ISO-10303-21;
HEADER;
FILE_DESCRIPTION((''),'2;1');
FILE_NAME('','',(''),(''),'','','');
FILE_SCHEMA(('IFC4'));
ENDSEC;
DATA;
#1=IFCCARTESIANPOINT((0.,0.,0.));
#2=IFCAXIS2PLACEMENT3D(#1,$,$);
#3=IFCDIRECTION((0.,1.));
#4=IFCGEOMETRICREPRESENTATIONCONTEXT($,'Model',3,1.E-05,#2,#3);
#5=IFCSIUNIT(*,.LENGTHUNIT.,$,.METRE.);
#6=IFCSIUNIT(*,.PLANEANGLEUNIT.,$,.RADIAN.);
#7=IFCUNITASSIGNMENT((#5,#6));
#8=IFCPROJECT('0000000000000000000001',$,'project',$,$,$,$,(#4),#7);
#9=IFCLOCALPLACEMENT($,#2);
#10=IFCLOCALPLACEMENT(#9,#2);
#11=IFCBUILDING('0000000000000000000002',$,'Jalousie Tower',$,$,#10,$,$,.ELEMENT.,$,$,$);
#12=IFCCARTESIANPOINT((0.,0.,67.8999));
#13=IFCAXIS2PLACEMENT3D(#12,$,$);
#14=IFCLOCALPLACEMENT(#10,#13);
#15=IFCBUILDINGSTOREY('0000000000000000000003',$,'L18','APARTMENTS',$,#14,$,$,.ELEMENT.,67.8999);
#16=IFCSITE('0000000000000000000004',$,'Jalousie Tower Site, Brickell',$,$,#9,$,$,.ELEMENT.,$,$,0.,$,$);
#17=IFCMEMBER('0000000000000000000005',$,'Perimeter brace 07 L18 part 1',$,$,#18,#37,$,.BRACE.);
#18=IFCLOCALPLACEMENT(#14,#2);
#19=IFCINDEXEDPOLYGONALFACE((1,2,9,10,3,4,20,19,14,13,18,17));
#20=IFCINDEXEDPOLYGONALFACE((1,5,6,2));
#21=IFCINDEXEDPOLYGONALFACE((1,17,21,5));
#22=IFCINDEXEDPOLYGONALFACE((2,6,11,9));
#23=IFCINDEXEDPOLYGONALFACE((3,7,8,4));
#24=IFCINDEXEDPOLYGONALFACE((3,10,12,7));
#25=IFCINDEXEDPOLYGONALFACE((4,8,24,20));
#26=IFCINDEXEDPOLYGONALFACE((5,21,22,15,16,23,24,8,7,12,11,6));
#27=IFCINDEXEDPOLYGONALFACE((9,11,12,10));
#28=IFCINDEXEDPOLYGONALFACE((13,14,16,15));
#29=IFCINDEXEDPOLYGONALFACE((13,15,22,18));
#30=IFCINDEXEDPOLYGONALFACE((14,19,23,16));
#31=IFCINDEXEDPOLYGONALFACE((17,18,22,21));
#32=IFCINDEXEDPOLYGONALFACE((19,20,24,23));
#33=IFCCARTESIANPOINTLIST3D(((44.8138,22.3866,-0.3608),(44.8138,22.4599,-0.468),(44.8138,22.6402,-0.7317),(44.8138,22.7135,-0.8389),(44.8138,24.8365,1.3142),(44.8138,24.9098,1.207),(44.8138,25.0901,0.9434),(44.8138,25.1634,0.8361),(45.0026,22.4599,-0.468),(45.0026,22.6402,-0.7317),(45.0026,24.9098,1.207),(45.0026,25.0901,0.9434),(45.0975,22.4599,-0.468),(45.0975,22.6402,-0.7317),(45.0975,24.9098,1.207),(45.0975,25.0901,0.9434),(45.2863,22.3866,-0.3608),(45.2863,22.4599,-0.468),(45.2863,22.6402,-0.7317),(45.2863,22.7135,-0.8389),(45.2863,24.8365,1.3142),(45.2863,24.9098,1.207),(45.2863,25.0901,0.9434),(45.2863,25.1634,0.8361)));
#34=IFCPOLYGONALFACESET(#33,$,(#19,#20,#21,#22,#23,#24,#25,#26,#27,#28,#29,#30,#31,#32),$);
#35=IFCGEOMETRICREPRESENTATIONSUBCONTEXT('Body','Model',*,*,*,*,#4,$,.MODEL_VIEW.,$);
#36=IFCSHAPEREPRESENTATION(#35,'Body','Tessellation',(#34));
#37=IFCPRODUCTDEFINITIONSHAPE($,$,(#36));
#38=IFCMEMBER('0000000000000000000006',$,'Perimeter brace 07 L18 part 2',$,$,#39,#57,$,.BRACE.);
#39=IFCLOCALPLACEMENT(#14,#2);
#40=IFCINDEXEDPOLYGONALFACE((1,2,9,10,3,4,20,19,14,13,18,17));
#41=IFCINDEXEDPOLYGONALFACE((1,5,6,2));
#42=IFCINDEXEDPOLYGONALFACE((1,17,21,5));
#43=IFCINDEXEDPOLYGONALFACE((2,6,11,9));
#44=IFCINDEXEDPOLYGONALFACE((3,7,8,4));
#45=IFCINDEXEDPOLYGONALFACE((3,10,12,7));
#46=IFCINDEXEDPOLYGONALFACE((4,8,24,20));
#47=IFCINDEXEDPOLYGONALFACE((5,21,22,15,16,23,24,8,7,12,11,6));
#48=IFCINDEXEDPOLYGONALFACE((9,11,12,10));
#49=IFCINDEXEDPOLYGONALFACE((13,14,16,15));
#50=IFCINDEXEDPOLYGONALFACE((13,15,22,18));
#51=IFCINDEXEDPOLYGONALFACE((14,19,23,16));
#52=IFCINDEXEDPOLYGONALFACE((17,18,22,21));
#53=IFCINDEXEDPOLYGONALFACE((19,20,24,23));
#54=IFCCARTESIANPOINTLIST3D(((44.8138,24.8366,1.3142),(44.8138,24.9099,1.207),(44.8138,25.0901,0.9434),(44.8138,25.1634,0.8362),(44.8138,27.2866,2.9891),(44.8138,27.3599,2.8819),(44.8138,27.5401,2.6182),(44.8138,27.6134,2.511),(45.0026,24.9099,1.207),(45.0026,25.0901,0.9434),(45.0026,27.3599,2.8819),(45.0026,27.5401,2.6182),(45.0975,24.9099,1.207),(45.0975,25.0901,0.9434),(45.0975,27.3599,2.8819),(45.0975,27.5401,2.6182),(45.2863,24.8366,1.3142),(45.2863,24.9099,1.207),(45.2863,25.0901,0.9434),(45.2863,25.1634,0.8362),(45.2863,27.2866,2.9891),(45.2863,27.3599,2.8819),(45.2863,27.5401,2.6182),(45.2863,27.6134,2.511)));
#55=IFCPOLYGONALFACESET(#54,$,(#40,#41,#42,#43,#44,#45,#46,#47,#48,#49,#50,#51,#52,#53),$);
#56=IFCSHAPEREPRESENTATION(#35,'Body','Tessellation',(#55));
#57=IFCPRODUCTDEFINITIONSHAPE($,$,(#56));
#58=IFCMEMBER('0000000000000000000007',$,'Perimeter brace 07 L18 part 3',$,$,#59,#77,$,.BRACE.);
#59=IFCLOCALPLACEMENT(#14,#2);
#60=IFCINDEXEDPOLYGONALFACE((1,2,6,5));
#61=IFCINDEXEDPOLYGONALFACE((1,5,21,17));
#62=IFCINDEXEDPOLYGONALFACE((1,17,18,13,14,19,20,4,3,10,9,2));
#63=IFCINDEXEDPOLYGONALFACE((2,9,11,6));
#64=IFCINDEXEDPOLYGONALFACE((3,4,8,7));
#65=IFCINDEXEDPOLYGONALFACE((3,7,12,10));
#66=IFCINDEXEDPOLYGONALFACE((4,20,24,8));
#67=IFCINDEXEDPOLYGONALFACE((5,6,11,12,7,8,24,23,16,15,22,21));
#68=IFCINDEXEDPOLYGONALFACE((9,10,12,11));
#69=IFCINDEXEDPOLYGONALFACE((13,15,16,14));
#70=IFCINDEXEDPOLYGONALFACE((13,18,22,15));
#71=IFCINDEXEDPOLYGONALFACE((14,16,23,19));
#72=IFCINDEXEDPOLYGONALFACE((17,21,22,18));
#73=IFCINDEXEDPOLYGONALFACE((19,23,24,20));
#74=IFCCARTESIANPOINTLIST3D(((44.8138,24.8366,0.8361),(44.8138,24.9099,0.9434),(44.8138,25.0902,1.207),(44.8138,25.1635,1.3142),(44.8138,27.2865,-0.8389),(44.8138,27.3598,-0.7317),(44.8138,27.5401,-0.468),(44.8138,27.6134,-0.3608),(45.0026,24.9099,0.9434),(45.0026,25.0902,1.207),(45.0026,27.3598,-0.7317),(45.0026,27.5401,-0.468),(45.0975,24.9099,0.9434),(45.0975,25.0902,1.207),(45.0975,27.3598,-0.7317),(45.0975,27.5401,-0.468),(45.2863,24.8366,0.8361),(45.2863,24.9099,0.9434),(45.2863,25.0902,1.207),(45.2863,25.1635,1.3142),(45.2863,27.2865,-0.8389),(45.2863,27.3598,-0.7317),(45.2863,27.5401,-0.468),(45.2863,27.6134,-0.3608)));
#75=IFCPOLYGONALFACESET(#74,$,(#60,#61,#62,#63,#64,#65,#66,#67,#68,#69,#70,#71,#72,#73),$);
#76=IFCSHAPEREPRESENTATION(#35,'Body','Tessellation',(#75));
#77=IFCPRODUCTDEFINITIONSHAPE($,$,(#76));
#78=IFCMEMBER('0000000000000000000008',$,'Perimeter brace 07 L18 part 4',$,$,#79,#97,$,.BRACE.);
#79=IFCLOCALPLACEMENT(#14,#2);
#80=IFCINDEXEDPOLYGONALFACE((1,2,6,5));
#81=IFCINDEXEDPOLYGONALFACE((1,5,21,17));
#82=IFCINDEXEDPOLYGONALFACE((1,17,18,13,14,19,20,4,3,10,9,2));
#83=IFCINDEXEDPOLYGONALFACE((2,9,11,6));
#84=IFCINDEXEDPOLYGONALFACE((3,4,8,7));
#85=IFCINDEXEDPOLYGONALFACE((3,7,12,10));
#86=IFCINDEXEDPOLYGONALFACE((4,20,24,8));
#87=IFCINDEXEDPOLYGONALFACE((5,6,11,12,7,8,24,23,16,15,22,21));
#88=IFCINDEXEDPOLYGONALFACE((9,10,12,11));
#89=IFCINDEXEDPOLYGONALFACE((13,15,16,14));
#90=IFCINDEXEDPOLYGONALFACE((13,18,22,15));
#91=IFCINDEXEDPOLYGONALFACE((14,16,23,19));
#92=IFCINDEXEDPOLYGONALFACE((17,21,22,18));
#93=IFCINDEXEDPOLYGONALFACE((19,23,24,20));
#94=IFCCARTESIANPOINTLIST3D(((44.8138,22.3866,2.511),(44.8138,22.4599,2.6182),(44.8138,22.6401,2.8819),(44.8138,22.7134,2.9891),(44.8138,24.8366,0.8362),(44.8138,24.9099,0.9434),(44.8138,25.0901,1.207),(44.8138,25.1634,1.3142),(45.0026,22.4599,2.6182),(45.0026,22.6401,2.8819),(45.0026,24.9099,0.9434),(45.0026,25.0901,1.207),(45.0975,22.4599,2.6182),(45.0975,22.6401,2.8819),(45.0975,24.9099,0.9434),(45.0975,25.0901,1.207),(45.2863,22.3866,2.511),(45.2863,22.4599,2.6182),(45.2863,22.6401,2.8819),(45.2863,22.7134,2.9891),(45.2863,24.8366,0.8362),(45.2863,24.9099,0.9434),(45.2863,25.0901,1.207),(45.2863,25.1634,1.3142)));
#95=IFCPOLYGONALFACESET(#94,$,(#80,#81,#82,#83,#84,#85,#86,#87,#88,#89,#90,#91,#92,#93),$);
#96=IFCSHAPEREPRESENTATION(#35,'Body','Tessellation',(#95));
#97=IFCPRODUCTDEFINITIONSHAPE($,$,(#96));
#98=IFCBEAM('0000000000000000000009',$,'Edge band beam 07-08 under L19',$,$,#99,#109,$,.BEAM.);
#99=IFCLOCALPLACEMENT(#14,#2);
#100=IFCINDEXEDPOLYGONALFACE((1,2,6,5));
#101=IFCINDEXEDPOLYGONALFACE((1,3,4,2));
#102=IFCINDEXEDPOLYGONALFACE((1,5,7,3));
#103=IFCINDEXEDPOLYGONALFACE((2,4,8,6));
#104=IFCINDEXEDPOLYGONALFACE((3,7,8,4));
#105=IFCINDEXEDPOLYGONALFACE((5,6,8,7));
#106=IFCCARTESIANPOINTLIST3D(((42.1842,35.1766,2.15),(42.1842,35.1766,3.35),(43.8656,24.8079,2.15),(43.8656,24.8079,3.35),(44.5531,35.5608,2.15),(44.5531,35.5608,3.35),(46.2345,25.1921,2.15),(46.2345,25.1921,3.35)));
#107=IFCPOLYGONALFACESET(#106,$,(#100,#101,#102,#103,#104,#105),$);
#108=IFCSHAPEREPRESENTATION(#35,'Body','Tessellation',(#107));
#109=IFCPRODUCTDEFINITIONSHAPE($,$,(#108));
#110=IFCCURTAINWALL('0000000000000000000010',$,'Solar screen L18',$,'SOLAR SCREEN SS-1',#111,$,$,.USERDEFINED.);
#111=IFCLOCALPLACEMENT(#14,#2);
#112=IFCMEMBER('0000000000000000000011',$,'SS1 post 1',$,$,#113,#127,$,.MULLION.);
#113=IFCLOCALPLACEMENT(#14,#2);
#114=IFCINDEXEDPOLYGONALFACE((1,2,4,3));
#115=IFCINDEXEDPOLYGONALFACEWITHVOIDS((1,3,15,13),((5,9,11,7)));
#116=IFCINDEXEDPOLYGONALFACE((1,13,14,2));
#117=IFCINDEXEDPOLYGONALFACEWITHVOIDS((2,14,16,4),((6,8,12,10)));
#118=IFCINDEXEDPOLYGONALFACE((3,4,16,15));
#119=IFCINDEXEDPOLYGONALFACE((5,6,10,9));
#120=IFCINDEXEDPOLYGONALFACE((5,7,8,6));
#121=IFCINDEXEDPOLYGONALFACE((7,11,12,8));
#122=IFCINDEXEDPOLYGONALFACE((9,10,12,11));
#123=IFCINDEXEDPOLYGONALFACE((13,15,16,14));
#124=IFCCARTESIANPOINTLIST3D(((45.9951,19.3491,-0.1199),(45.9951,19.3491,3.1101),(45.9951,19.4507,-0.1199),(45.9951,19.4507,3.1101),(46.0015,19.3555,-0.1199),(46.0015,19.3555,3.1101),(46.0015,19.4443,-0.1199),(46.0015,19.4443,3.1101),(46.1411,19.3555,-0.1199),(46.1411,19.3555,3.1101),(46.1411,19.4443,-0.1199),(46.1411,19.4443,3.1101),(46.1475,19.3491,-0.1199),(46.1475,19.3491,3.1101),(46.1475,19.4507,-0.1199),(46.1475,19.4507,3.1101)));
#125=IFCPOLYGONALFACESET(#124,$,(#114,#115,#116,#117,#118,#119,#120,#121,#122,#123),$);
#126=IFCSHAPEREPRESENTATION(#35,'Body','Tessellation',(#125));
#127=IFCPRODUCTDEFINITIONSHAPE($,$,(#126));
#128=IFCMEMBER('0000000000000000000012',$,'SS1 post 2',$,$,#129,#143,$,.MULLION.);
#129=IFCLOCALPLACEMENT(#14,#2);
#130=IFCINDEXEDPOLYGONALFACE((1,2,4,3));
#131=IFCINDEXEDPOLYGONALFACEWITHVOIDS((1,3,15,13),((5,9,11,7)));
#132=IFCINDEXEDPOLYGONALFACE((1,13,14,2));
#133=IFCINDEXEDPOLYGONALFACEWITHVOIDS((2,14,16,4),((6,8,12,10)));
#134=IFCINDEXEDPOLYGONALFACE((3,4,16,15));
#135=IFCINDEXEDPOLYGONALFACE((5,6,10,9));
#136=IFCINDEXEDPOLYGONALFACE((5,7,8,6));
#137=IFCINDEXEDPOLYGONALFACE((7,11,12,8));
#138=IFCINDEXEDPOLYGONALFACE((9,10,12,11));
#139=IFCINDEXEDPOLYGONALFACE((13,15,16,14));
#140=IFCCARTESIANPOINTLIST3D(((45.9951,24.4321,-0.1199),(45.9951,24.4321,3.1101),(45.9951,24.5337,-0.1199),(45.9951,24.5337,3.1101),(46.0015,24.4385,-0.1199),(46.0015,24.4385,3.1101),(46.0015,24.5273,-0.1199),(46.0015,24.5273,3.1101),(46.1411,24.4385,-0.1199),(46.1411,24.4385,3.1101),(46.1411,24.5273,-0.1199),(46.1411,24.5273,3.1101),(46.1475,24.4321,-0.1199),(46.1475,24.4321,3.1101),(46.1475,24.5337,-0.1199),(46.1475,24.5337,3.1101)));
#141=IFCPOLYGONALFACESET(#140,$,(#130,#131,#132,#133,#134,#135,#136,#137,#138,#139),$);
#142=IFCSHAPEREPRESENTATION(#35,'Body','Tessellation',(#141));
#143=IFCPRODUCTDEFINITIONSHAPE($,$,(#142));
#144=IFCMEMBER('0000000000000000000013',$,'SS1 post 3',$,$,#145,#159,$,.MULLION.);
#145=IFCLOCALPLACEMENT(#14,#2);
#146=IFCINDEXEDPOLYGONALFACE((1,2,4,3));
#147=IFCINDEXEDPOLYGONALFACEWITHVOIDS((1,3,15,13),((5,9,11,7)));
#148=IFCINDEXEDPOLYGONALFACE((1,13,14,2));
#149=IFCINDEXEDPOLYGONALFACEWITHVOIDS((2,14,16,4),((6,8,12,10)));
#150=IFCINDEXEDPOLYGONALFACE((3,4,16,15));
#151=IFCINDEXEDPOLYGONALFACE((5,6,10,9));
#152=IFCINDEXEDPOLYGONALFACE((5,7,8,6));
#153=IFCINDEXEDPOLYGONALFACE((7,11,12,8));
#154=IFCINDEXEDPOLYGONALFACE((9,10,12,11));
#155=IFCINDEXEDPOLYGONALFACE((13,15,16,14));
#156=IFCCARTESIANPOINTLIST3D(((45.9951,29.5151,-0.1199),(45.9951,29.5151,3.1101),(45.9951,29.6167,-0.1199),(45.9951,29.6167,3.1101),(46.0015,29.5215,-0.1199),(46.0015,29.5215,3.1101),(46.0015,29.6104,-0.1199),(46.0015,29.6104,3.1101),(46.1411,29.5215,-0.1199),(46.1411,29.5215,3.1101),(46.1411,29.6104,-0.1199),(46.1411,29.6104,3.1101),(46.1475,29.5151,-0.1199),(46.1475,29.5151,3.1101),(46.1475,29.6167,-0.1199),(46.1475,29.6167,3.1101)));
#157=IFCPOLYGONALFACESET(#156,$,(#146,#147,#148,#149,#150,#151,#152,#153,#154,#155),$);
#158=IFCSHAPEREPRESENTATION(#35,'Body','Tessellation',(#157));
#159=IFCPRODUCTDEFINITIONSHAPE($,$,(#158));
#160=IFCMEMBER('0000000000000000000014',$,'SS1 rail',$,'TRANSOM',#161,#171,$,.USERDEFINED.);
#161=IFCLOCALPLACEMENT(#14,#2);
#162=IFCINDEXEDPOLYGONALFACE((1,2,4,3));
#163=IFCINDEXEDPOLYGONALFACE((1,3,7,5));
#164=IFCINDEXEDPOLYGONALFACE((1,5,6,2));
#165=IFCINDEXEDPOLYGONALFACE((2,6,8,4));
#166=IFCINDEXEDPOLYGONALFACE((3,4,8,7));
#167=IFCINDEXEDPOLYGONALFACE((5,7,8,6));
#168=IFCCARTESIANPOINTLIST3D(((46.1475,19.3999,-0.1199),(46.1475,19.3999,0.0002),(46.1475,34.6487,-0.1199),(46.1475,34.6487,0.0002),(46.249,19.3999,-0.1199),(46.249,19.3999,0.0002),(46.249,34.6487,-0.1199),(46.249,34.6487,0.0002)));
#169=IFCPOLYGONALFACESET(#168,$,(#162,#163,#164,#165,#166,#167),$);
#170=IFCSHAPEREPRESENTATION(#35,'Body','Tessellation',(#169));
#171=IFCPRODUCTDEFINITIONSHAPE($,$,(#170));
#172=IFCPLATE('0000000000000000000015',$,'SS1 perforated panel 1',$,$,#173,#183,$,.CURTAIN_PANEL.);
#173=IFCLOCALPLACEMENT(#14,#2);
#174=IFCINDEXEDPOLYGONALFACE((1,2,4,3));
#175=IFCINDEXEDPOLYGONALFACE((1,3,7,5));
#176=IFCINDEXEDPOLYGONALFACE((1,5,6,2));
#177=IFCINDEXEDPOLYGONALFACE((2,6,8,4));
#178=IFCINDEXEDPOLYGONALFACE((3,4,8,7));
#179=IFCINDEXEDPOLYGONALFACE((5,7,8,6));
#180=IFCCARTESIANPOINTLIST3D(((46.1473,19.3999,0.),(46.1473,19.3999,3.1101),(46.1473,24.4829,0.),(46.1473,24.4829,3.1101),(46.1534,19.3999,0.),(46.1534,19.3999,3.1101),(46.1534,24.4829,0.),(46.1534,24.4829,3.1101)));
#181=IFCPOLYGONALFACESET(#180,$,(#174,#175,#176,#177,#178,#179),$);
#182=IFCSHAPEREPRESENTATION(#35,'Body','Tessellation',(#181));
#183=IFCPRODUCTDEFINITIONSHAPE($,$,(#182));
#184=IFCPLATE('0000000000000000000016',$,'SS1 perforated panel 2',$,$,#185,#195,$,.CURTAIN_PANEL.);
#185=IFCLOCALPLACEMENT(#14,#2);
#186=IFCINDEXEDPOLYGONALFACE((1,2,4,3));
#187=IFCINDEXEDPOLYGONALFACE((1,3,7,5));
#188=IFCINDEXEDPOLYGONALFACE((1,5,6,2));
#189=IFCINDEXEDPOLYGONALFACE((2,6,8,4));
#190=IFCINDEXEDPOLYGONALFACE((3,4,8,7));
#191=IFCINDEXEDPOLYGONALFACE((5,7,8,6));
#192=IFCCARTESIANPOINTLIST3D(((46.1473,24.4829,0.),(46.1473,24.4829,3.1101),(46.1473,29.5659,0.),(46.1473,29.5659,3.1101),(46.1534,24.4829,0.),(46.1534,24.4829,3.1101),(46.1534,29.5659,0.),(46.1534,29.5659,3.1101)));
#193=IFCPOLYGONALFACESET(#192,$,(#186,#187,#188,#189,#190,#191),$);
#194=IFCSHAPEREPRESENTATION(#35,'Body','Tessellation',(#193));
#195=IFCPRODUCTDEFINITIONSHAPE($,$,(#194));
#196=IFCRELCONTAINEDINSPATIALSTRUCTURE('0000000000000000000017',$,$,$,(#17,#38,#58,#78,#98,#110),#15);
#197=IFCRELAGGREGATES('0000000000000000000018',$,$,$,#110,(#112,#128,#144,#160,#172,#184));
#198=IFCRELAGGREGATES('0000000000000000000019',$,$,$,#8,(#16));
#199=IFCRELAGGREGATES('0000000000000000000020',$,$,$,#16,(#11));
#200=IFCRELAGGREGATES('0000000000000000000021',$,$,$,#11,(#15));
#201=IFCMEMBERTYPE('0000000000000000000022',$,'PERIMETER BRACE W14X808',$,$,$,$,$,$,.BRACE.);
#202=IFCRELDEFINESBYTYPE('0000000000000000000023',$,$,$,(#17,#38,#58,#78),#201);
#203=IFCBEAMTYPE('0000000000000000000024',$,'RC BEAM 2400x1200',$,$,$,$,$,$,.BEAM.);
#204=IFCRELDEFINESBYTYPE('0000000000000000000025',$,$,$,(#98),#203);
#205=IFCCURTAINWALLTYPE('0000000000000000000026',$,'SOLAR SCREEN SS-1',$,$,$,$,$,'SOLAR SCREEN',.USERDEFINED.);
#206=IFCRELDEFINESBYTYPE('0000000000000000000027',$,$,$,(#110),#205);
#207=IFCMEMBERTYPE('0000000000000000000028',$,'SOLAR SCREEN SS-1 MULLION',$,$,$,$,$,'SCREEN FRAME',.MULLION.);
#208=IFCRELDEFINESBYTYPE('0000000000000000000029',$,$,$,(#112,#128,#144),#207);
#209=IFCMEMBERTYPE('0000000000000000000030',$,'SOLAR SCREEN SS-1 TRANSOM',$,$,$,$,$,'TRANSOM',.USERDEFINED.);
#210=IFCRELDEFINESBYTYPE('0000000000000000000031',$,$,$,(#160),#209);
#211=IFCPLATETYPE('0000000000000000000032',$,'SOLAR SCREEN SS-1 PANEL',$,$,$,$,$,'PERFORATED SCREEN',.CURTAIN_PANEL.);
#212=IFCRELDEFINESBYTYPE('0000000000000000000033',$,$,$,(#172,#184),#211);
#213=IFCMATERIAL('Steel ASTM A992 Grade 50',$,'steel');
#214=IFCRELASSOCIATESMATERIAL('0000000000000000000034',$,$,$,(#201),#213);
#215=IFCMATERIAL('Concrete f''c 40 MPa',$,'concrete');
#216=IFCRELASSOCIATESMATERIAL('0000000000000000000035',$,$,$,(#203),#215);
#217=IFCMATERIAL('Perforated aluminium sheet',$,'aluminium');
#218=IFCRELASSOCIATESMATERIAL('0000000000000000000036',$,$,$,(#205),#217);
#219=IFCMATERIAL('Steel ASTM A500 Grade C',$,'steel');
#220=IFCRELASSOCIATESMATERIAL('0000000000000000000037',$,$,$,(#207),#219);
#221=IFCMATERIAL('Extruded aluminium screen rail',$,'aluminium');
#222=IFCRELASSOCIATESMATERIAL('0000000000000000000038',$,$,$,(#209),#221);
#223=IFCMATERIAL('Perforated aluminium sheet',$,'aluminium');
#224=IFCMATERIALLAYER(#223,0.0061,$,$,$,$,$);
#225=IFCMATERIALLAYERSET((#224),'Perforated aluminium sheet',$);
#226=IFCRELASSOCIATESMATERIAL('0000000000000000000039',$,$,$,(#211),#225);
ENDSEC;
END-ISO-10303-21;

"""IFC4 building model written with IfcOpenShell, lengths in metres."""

from ifc_helpers import new_model, si_unit, direction, frame, origin, origin_2d, place, context, subcontext, project, spatial, rectangle, hollow_rectangle, i_section, extrude, material, layer, layer_set, material_profile, profile_set, type_object, element, aggregate, save


model = new_model("IFC4")

# Units and contexts
model_context = context("Model", 3, precision=1e-05, world=origin(), true_north=direction((0.0, 1.0)))
body_context = subcontext(model_context, "Body", "Model", "MODEL_VIEW")
ifc_project = project(units=[si_unit("LENGTHUNIT", "METRE"), si_unit("PLANEANGLEUNIT", "RADIAN")], contexts=[model_context])

# Site, building, storey
site_placement = place(None, origin())
site = spatial("IfcSite", under=ifc_project, at=site_placement, Name="Jalousie Tower Site, Brickell", CompositionType="ELEMENT", RefElevation=0.0)
building_placement = place(site_placement, origin())
building = spatial("IfcBuilding", under=site, at=building_placement, Name="Jalousie Tower", CompositionType="ELEMENT")
storey_placement = place(building_placement, frame((0.0, 0.0, 67.8999)))
storey = spatial("IfcBuildingStorey", under=building, at=storey_placement, Name="L18", Description="APARTMENTS", CompositionType="ELEMENT", Elevation=67.8999)

# Members
ifc_material_1 = material(Name="Steel ASTM A992 Grade 50", Category="steel")
ifc_material_profile_1 = material_profile(ifc_material_1, i_section(OverallWidth=0.4724, OverallDepth=0.5791, WebThickness=0.095, FlangeThickness=0.1299, at=origin_2d()), Name="W14X808")
ifc_profile_set_1 = profile_set([ifc_material_profile_1], Name="Steel ASTM A992 Grade 50")
member_type_1 = type_object("IfcMemberType", Name="PERIMETER BRACE W14X808", PredefinedType="BRACE", material=ifc_profile_set_1)
for number, where, z_axis, x_axis, name in (
    (1, (45.05, 22.55, -0.5999), (0.0, 0.825501, 0.564401), (-1.0, 0.0, 0.0), "Perimeter brace 07 L18 part 1"),
    (2, (45.05, 25.0, 1.0752), (0.0, 0.825539, 0.564345), (-1.0, 0.0, 0.0), "Perimeter brace 07 L18 part 2"),
    (3, (45.05, 27.45, -0.5999), (0.0, -0.825501, 0.564401), (1.0, 0.0, 0.0), "Perimeter brace 07 L18 part 3"),
    (4, (45.05, 25.0, 1.0752), (0.0, -0.825539, 0.564345), (1.0, 0.0, 0.0), "Perimeter brace 07 L18 part 4"),
):
    element("IfcMember", number, at=place(storey_placement, frame(where, z_axis=z_axis, x_axis=x_axis)), inside=storey, type_object=member_type_1, Name=name, PredefinedType="BRACE", context=body_context, shape_type="SweptSolid", body=[
        extrude(i_section(OverallWidth=0.4724, OverallDepth=0.5791, WebThickness=0.095, FlangeThickness=0.1299, at=origin_2d()), origin(), (0.0, 0.0, 1.0), 2.9678),
    ])

# Beam
ifc_material_2 = material(Name="Concrete f'c 40 MPa", Category="concrete")
ifc_material_profile_2 = material_profile(ifc_material_2, rectangle(XDim=2.3999, YDim=1.2, at=origin_2d()), Name="RC 2400x1200")
ifc_profile_set_2 = profile_set([ifc_material_profile_2], Name="Concrete f'c 40 MPa")
beam_type = type_object("IfcBeamType", Name="RC BEAM 2400x1200", PredefinedType="BEAM", material=ifc_profile_set_2)
beam_placement = place(storey_placement, frame((45.05, 25.0, 2.75), z_axis=(-0.160071, 0.987106, 0.0), x_axis=(-0.987106, -0.160071, 0.0)))
element("IfcBeam", 5, at=beam_placement, inside=storey, type_object=beam_type, Name="Edge band beam 07-08 under L19", PredefinedType="BEAM", context=body_context, shape_type="SweptSolid", body=[
    extrude(rectangle(XDim=2.3999, YDim=1.2, at=origin_2d()), origin(), (0.0, 0.0, 1.0), 10.5042),
])

# Curtain wall, members, plates
ifc_material_3 = material(Name="Perforated aluminium sheet", Category="aluminium")
curtain_wall_type = type_object("IfcCurtainWallType", Name="SOLAR SCREEN SS-1", ElementType="SOLAR SCREEN", PredefinedType="USERDEFINED", material=ifc_material_3)
curtain_wall_placement = place(storey_placement, origin())
curtain_wall = element("IfcCurtainWall", 6, at=curtain_wall_placement, inside=storey, type_object=curtain_wall_type, Name="Solar screen L18", ObjectType="SOLAR SCREEN SS-1", PredefinedType="USERDEFINED")
ifc_material_4 = material(Name="Steel ASTM A500 Grade C", Category="steel")
ifc_material_profile_3 = material_profile(ifc_material_4, hollow_rectangle(XDim=0.1016, YDim=0.1523, WallThickness=0.0063, at=origin_2d()), Name="HSS6X4X1/4")
ifc_profile_set_3 = profile_set([ifc_material_profile_3], Name="Steel ASTM A500 Grade C")
member_type_2 = type_object("IfcMemberType", Name="SOLAR SCREEN SS-1 MULLION", ElementType="SCREEN FRAME", PredefinedType="MULLION", material=ifc_profile_set_3)
member_1_placement = place(storey_placement, frame((46.0713, 19.3999, -0.1199), z_axis=(0.0, 0.0, 1.0), x_axis=(0.0, 1.0, 0.0)))
member_1 = element("IfcMember", 7, at=member_1_placement, type_object=member_type_2, Name="SS1 post 1", PredefinedType="MULLION", context=body_context, shape_type="SweptSolid", body=[
    extrude(hollow_rectangle(XDim=0.1016, YDim=0.1523, WallThickness=0.0063, at=origin_2d()), origin(), (0.0, 0.0, 1.0), 3.23),
])
member_2_placement = place(storey_placement, frame((46.0713, 24.4829, -0.1199), z_axis=(0.0, 0.0, 1.0), x_axis=(0.0, 1.0, 0.0)))
member_2 = element("IfcMember", 8, at=member_2_placement, type_object=member_type_2, Name="SS1 post 2", PredefinedType="MULLION", context=body_context, shape_type="SweptSolid", body=[
    extrude(hollow_rectangle(XDim=0.1016, YDim=0.1523, WallThickness=0.0063, at=origin_2d()), origin(), (0.0, 0.0, 1.0), 3.23),
])
member_3_placement = place(storey_placement, frame((46.0713, 29.5659, -0.1199), z_axis=(0.0, 0.0, 1.0), x_axis=(0.0, 1.0, 0.0)))
member_3 = element("IfcMember", 9, at=member_3_placement, type_object=member_type_2, Name="SS1 post 3", PredefinedType="MULLION", context=body_context, shape_type="SweptSolid", body=[
    extrude(hollow_rectangle(XDim=0.1016, YDim=0.1523, WallThickness=0.0063, at=origin_2d()), origin(), (0.0, 0.0, 1.0), 3.23),
])
ifc_material_5 = material(Name="Extruded aluminium screen rail", Category="aluminium")
ifc_material_profile_4 = material_profile(ifc_material_5, rectangle(XDim=0.1016, YDim=0.1201, at=origin_2d()), Name="RAIL 102x120")
ifc_profile_set_4 = profile_set([ifc_material_profile_4], Name="Extruded aluminium screen rail")
member_type_3 = type_object("IfcMemberType", Name="SOLAR SCREEN SS-1 TRANSOM", ElementType="TRANSOM", PredefinedType="USERDEFINED", material=ifc_profile_set_4)
member_4_placement = place(storey_placement, frame((46.1982, 19.3999, -0.0598), z_axis=(0.0, 1.0, 0.0), x_axis=(-1.0, 0.0, 0.0)))
member_4 = element("IfcMember", 10, at=member_4_placement, type_object=member_type_3, Name="SS1 rail", ObjectType="TRANSOM", PredefinedType="USERDEFINED", context=body_context, shape_type="SweptSolid", body=[
    extrude(rectangle(XDim=0.1016, YDim=0.1201, at=origin_2d()), origin(), (0.0, 0.0, 1.0), 15.2488),
])
ifc_material_6 = material(Name="Perforated aluminium sheet", Category="aluminium")
ifc_layer_1 = layer(ifc_material_6, 0.0061)
ifc_layer_set_1 = layer_set([ifc_layer_1], Name="Perforated aluminium sheet")
plate_type = type_object("IfcPlateType", Name="SOLAR SCREEN SS-1 PANEL", ElementType="PERFORATED SCREEN", PredefinedType="CURTAIN_PANEL", material=ifc_layer_set_1)
plate_1_placement = place(storey_placement, frame((46.1504, 21.9414, 0.0), z_axis=(0.0, 0.0, 1.0), x_axis=(0.0, 1.0, 0.0)))
plate_1 = element("IfcPlate", 11, at=plate_1_placement, type_object=plate_type, Name="SS1 perforated panel 1", PredefinedType="CURTAIN_PANEL", context=body_context, shape_type="SweptSolid", body=[
    extrude(rectangle(XDim=5.083, YDim=0.0061, at=origin_2d()), origin(), (0.0, 0.0, 1.0), 3.1101),
])
plate_2_placement = place(storey_placement, frame((46.1504, 27.0244, 0.0), z_axis=(0.0, 0.0, 1.0), x_axis=(0.0, 1.0, 0.0)))
plate_2 = element("IfcPlate", 12, at=plate_2_placement, type_object=plate_type, Name="SS1 perforated panel 2", PredefinedType="CURTAIN_PANEL", context=body_context, shape_type="SweptSolid", body=[
    extrude(rectangle(XDim=5.083, YDim=0.0061, at=origin_2d()), origin(), (0.0, 0.0, 1.0), 3.1101),
])
aggregate(curtain_wall, [member_1, member_2, member_3, member_4, plate_1, plate_2])

save(model, "model.ifc")
